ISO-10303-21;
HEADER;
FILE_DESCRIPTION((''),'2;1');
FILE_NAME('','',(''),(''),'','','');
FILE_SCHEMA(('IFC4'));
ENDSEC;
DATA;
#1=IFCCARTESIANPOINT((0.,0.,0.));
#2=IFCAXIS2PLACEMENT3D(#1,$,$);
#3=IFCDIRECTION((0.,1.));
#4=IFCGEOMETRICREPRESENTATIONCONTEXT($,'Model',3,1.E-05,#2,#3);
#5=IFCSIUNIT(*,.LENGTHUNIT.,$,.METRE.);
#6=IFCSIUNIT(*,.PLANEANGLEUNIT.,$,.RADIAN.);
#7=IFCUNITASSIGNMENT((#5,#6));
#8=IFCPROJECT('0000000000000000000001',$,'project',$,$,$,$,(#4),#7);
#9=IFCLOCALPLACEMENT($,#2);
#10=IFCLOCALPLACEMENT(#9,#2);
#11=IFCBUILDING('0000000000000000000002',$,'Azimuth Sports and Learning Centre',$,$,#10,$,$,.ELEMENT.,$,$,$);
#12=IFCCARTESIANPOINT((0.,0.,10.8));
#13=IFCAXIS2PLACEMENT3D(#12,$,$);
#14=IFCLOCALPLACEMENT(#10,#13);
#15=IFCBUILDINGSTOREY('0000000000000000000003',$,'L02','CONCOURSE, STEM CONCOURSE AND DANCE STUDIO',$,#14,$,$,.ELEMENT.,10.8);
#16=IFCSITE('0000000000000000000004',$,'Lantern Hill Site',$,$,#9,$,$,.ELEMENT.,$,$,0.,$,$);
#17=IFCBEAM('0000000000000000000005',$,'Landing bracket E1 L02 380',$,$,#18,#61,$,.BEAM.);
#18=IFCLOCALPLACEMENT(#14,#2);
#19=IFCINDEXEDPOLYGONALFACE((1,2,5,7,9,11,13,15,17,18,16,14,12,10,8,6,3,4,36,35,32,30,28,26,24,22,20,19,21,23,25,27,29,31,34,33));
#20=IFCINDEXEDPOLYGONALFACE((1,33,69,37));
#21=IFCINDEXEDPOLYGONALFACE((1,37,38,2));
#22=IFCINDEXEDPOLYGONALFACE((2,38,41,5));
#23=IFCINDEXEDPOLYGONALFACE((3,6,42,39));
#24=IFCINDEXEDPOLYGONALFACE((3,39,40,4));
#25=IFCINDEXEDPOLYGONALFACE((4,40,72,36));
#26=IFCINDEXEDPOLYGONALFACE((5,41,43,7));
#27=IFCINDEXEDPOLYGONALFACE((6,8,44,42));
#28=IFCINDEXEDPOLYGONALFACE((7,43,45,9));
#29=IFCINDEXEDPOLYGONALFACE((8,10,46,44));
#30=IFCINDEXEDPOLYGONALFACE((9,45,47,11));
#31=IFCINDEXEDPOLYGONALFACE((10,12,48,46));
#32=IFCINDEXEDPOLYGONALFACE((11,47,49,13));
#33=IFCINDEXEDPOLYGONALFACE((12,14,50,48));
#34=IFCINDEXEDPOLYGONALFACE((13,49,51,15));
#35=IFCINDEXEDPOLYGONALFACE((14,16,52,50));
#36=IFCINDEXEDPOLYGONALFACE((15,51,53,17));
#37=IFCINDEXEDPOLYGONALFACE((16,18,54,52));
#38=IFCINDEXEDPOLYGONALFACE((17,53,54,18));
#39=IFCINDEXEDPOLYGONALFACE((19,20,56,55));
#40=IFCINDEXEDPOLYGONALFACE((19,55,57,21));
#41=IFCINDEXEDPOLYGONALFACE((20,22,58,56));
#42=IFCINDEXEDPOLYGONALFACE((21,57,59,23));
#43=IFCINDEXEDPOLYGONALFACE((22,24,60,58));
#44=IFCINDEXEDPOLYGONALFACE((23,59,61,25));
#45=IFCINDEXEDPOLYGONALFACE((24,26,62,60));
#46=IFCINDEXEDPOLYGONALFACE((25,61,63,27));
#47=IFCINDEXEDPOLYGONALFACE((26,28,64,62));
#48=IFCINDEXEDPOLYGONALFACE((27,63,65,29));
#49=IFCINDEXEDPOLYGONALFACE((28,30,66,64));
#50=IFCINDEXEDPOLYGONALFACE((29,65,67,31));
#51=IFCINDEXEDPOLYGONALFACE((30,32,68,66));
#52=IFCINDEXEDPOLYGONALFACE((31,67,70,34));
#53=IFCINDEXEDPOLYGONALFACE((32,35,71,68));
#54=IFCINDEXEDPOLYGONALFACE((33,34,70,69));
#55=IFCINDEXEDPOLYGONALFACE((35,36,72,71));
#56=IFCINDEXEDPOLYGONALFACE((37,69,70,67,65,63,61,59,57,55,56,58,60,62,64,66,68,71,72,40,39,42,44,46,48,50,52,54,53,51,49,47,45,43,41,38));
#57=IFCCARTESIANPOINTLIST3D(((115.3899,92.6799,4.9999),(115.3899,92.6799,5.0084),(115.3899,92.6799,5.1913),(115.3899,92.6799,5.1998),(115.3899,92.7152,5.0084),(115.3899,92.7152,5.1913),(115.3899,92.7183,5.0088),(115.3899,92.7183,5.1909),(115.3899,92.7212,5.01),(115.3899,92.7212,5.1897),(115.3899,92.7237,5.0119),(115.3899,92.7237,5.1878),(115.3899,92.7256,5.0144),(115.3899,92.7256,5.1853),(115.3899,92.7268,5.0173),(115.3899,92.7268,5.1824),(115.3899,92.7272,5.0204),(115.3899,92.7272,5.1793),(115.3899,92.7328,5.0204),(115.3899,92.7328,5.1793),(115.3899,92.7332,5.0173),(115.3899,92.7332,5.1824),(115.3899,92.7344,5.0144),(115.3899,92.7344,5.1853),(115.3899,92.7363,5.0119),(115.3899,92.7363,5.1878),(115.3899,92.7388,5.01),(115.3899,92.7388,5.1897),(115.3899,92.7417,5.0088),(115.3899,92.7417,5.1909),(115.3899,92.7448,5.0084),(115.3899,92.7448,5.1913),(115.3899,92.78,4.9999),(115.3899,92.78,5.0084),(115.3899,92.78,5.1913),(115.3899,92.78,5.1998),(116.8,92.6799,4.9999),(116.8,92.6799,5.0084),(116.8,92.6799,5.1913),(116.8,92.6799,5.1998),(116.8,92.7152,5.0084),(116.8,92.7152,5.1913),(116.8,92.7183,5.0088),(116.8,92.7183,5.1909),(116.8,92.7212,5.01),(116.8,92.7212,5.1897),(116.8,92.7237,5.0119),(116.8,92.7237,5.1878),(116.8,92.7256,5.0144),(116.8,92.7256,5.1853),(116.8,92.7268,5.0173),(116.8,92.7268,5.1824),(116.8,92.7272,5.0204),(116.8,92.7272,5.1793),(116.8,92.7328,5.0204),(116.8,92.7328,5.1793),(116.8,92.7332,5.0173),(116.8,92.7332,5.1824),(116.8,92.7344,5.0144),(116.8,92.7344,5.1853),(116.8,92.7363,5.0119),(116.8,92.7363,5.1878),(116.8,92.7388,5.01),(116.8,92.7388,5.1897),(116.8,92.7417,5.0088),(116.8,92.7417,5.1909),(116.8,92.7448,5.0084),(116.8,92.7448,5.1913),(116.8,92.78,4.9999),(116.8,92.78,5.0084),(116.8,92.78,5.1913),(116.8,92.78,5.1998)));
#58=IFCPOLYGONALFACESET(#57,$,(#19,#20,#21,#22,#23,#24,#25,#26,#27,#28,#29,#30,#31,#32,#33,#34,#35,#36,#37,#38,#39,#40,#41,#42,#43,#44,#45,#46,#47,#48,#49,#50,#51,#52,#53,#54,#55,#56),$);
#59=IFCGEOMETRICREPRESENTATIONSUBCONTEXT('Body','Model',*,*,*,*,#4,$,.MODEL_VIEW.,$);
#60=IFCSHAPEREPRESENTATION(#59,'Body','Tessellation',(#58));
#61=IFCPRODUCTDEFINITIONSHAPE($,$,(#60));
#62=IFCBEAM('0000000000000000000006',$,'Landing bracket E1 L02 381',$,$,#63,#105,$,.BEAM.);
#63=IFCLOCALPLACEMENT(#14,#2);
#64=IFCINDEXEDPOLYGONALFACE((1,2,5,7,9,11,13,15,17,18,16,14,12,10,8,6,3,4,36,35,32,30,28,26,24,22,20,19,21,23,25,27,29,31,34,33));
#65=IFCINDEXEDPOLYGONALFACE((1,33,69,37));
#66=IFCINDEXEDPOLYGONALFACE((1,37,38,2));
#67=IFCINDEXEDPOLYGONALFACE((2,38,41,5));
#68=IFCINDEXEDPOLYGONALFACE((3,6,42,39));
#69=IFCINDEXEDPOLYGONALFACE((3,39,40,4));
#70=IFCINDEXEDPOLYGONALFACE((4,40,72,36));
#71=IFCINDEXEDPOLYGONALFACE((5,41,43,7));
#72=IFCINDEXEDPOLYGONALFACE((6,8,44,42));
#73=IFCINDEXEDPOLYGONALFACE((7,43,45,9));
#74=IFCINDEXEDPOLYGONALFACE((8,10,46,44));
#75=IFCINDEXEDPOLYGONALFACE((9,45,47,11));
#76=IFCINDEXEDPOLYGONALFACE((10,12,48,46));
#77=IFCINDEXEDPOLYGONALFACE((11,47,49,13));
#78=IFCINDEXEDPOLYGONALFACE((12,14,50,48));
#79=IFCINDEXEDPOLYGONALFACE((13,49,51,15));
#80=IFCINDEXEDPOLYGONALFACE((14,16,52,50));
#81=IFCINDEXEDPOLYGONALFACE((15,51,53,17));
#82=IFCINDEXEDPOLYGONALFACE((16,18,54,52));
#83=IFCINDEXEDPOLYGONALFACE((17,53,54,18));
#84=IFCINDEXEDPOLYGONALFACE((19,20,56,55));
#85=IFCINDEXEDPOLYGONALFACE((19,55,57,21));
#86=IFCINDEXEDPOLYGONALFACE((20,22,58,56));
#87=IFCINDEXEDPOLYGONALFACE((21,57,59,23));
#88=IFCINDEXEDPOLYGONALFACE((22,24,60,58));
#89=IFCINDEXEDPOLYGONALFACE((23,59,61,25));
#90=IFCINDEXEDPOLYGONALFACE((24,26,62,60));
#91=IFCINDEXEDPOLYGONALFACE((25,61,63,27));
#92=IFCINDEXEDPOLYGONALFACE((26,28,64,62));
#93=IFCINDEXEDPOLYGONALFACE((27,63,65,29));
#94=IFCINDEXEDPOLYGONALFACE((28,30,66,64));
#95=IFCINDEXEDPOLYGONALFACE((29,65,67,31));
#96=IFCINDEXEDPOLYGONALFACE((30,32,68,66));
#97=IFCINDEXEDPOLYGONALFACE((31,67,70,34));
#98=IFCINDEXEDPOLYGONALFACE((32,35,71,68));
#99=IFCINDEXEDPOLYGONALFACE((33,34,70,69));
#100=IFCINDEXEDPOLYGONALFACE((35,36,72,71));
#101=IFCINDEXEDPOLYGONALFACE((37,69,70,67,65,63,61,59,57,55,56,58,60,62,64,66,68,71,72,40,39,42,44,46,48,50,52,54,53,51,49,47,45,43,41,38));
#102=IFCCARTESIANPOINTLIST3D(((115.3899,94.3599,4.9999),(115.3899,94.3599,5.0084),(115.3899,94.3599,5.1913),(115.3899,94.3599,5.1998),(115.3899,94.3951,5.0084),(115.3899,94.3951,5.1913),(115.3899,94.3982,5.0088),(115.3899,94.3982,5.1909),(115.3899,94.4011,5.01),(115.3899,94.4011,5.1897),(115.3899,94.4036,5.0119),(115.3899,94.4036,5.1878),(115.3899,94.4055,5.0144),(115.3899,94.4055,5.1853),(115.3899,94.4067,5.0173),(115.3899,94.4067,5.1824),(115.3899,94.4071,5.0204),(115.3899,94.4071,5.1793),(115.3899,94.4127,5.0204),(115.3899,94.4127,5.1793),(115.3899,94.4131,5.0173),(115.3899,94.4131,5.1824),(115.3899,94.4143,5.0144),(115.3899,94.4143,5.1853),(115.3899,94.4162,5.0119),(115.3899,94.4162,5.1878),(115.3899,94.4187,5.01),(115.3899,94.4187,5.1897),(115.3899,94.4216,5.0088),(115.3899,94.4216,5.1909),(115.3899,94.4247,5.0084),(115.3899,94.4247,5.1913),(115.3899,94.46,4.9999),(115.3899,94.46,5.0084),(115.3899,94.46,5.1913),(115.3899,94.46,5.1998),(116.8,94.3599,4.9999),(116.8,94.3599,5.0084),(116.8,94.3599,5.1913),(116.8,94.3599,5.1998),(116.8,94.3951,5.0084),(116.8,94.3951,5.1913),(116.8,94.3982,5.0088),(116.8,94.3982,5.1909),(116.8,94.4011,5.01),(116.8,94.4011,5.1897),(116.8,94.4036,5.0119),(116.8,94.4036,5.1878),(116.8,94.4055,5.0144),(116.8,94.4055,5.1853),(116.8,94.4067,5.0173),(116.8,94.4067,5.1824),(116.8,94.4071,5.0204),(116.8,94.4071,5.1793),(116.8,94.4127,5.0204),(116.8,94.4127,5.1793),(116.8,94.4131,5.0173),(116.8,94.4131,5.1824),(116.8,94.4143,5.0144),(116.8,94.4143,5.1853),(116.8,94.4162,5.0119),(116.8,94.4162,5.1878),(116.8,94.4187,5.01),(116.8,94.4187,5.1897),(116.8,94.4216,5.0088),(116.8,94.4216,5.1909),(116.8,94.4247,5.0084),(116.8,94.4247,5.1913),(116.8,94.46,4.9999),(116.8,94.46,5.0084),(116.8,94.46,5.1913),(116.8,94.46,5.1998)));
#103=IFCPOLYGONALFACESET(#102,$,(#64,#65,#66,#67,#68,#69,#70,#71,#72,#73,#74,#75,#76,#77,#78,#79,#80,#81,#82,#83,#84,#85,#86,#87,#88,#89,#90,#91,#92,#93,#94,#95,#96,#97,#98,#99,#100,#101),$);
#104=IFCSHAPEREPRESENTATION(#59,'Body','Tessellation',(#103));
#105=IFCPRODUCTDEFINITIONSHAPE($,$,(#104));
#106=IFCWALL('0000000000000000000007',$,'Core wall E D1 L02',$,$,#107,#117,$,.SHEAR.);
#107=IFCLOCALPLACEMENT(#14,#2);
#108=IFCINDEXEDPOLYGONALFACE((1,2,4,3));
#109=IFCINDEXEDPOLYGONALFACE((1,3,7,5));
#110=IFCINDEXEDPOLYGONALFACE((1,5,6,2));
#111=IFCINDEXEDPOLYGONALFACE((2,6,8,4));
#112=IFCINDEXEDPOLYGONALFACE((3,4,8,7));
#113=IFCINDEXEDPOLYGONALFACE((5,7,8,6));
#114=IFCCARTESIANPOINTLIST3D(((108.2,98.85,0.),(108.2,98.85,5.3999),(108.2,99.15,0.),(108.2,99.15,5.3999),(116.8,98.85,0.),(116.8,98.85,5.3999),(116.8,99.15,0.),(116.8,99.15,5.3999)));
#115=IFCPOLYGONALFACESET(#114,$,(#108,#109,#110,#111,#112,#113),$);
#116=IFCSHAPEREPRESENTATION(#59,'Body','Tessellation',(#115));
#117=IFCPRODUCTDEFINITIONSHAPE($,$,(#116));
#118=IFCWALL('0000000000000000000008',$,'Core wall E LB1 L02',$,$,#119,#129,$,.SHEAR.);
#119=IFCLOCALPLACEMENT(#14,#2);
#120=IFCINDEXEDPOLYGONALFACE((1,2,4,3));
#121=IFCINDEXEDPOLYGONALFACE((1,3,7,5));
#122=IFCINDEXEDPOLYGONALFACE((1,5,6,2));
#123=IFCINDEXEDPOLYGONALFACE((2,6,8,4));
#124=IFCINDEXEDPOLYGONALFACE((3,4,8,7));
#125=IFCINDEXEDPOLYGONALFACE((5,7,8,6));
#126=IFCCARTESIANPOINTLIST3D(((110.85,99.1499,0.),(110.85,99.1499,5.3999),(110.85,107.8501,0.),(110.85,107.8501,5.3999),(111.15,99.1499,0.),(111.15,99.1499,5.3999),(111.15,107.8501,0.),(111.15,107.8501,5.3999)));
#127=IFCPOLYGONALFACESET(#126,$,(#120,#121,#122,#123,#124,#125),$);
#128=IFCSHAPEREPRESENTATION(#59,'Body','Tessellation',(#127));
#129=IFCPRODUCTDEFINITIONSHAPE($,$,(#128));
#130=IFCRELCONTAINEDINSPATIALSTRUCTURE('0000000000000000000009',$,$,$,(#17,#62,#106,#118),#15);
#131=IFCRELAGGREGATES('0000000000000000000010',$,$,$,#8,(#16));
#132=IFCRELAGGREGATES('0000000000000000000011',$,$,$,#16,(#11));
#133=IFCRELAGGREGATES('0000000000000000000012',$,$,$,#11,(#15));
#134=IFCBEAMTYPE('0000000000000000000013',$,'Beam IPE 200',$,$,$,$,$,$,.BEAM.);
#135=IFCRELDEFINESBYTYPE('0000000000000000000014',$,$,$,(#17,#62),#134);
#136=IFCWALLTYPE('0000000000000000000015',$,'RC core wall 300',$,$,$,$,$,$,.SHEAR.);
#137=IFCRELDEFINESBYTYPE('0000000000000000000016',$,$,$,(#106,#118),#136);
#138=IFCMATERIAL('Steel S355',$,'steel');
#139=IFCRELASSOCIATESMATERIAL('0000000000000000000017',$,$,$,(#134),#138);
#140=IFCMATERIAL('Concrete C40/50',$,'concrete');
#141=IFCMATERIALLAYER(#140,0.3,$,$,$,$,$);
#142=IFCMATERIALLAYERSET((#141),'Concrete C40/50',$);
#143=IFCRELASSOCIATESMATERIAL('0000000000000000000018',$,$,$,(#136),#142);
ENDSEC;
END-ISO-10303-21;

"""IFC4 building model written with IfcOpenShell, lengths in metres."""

from ifc_helpers import new_model, si_unit, direction, frame, frame_2d, origin, origin_2d, place, context, subcontext, project, spatial, rectangle, i_section, extrude, material, layer, layer_set, material_profile, profile_set, type_object, element, save


model = new_model("IFC4")

# Units and contexts
model_context = context("Model", 3, precision=1e-05, world=origin(), true_north=direction((0.0, 1.0)))
body_context = subcontext(model_context, "Body", "Model", "MODEL_VIEW")
ifc_project = project(units=[si_unit("LENGTHUNIT", "METRE"), si_unit("PLANEANGLEUNIT", "RADIAN")], contexts=[model_context])

# Site, building, storey
site_placement = place(None, origin())
site = spatial("IfcSite", under=ifc_project, at=site_placement, Name="Lantern Hill Site", CompositionType="ELEMENT", RefElevation=0.0)
building_placement = place(site_placement, origin())
building = spatial("IfcBuilding", under=site, at=building_placement, Name="Azimuth Sports and Learning Centre", CompositionType="ELEMENT")
storey_placement = place(building_placement, frame((0.0, 0.0, 10.8)))
storey = spatial("IfcBuildingStorey", under=building, at=storey_placement, Name="L02", Description="CONCOURSE, STEM CONCOURSE AND DANCE STUDIO", CompositionType="ELEMENT", Elevation=10.8)

# Beams
ifc_material_1 = material(Name="Steel S355", Category="steel")
ifc_material_profile = material_profile(ifc_material_1, i_section(OverallWidth=0.1001, OverallDepth=0.2, WebThickness=0.0056, FlangeThickness=0.0085, FilletRadius=0.012, at=origin_2d()), Name="IPE 200")
ifc_profile_set = profile_set([ifc_material_profile], Name="Steel S355")
beam_type = type_object("IfcBeamType", Name="Beam IPE 200", PredefinedType="BEAM", material=ifc_profile_set)
for number, where, z_axis, x_axis, name in (
    (1, (116.8, 92.73, 5.0999), (-1.0, 0.0, 0.0), (0.0, -1.0, 0.0), "Landing bracket E1 L02 380"),
    (2, (116.8, 94.4099, 5.0999), (-1.0, 0.0, 0.0), (0.0, -1.0, 0.0), "Landing bracket E1 L02 381"),
):
    element("IfcBeam", number, at=place(storey_placement, frame(where, z_axis=z_axis, x_axis=x_axis)), inside=storey, type_object=beam_type, Name=name, PredefinedType="BEAM", context=body_context, shape_type="SweptSolid", body=[
        extrude(i_section(OverallWidth=0.1001, OverallDepth=0.2, WebThickness=0.0056, FlangeThickness=0.0085, FilletRadius=0.012, at=origin_2d()), origin(), (0.0, 0.0, 1.0), 1.4102),
    ])

# Walls
ifc_material_2 = material(Name="Concrete C40/50", Category="concrete")
ifc_layer = layer(ifc_material_2, 0.3)
ifc_layer_set = layer_set([ifc_layer], Name="Concrete C40/50")
wall_type = type_object("IfcWallType", Name="RC core wall 300", PredefinedType="SHEAR", material=ifc_layer_set)
wall_1_placement = place(storey_placement, frame((108.2, 99.0, 0.0), z_axis=(0.0, 0.0, 1.0), x_axis=(1.0, 0.0, 0.0)))
element("IfcWall", 3, at=wall_1_placement, inside=storey, type_object=wall_type, Name="Core wall E D1 L02", PredefinedType="SHEAR", context=body_context, shape_type="SweptSolid", body=[
    extrude(rectangle(XDim=8.6001, YDim=0.3, at=frame_2d((4.3, 0.0))), origin(), (0.0, 0.0, 1.0), 5.3999),
])
wall_2_placement = place(storey_placement, frame((111.0, 99.1499, 0.0), z_axis=(0.0, 0.0, 1.0), x_axis=(0.0, 1.0, 0.0)))
element("IfcWall", 4, at=wall_2_placement, inside=storey, type_object=wall_type, Name="Core wall E LB1 L02", PredefinedType="SHEAR", context=body_context, shape_type="SweptSolid", body=[
    extrude(rectangle(XDim=8.7002, YDim=0.3, at=frame_2d((4.3501, 0.0))), origin(), (0.0, 0.0, 1.0), 5.3999),
])

save(model, "model.ifc")
